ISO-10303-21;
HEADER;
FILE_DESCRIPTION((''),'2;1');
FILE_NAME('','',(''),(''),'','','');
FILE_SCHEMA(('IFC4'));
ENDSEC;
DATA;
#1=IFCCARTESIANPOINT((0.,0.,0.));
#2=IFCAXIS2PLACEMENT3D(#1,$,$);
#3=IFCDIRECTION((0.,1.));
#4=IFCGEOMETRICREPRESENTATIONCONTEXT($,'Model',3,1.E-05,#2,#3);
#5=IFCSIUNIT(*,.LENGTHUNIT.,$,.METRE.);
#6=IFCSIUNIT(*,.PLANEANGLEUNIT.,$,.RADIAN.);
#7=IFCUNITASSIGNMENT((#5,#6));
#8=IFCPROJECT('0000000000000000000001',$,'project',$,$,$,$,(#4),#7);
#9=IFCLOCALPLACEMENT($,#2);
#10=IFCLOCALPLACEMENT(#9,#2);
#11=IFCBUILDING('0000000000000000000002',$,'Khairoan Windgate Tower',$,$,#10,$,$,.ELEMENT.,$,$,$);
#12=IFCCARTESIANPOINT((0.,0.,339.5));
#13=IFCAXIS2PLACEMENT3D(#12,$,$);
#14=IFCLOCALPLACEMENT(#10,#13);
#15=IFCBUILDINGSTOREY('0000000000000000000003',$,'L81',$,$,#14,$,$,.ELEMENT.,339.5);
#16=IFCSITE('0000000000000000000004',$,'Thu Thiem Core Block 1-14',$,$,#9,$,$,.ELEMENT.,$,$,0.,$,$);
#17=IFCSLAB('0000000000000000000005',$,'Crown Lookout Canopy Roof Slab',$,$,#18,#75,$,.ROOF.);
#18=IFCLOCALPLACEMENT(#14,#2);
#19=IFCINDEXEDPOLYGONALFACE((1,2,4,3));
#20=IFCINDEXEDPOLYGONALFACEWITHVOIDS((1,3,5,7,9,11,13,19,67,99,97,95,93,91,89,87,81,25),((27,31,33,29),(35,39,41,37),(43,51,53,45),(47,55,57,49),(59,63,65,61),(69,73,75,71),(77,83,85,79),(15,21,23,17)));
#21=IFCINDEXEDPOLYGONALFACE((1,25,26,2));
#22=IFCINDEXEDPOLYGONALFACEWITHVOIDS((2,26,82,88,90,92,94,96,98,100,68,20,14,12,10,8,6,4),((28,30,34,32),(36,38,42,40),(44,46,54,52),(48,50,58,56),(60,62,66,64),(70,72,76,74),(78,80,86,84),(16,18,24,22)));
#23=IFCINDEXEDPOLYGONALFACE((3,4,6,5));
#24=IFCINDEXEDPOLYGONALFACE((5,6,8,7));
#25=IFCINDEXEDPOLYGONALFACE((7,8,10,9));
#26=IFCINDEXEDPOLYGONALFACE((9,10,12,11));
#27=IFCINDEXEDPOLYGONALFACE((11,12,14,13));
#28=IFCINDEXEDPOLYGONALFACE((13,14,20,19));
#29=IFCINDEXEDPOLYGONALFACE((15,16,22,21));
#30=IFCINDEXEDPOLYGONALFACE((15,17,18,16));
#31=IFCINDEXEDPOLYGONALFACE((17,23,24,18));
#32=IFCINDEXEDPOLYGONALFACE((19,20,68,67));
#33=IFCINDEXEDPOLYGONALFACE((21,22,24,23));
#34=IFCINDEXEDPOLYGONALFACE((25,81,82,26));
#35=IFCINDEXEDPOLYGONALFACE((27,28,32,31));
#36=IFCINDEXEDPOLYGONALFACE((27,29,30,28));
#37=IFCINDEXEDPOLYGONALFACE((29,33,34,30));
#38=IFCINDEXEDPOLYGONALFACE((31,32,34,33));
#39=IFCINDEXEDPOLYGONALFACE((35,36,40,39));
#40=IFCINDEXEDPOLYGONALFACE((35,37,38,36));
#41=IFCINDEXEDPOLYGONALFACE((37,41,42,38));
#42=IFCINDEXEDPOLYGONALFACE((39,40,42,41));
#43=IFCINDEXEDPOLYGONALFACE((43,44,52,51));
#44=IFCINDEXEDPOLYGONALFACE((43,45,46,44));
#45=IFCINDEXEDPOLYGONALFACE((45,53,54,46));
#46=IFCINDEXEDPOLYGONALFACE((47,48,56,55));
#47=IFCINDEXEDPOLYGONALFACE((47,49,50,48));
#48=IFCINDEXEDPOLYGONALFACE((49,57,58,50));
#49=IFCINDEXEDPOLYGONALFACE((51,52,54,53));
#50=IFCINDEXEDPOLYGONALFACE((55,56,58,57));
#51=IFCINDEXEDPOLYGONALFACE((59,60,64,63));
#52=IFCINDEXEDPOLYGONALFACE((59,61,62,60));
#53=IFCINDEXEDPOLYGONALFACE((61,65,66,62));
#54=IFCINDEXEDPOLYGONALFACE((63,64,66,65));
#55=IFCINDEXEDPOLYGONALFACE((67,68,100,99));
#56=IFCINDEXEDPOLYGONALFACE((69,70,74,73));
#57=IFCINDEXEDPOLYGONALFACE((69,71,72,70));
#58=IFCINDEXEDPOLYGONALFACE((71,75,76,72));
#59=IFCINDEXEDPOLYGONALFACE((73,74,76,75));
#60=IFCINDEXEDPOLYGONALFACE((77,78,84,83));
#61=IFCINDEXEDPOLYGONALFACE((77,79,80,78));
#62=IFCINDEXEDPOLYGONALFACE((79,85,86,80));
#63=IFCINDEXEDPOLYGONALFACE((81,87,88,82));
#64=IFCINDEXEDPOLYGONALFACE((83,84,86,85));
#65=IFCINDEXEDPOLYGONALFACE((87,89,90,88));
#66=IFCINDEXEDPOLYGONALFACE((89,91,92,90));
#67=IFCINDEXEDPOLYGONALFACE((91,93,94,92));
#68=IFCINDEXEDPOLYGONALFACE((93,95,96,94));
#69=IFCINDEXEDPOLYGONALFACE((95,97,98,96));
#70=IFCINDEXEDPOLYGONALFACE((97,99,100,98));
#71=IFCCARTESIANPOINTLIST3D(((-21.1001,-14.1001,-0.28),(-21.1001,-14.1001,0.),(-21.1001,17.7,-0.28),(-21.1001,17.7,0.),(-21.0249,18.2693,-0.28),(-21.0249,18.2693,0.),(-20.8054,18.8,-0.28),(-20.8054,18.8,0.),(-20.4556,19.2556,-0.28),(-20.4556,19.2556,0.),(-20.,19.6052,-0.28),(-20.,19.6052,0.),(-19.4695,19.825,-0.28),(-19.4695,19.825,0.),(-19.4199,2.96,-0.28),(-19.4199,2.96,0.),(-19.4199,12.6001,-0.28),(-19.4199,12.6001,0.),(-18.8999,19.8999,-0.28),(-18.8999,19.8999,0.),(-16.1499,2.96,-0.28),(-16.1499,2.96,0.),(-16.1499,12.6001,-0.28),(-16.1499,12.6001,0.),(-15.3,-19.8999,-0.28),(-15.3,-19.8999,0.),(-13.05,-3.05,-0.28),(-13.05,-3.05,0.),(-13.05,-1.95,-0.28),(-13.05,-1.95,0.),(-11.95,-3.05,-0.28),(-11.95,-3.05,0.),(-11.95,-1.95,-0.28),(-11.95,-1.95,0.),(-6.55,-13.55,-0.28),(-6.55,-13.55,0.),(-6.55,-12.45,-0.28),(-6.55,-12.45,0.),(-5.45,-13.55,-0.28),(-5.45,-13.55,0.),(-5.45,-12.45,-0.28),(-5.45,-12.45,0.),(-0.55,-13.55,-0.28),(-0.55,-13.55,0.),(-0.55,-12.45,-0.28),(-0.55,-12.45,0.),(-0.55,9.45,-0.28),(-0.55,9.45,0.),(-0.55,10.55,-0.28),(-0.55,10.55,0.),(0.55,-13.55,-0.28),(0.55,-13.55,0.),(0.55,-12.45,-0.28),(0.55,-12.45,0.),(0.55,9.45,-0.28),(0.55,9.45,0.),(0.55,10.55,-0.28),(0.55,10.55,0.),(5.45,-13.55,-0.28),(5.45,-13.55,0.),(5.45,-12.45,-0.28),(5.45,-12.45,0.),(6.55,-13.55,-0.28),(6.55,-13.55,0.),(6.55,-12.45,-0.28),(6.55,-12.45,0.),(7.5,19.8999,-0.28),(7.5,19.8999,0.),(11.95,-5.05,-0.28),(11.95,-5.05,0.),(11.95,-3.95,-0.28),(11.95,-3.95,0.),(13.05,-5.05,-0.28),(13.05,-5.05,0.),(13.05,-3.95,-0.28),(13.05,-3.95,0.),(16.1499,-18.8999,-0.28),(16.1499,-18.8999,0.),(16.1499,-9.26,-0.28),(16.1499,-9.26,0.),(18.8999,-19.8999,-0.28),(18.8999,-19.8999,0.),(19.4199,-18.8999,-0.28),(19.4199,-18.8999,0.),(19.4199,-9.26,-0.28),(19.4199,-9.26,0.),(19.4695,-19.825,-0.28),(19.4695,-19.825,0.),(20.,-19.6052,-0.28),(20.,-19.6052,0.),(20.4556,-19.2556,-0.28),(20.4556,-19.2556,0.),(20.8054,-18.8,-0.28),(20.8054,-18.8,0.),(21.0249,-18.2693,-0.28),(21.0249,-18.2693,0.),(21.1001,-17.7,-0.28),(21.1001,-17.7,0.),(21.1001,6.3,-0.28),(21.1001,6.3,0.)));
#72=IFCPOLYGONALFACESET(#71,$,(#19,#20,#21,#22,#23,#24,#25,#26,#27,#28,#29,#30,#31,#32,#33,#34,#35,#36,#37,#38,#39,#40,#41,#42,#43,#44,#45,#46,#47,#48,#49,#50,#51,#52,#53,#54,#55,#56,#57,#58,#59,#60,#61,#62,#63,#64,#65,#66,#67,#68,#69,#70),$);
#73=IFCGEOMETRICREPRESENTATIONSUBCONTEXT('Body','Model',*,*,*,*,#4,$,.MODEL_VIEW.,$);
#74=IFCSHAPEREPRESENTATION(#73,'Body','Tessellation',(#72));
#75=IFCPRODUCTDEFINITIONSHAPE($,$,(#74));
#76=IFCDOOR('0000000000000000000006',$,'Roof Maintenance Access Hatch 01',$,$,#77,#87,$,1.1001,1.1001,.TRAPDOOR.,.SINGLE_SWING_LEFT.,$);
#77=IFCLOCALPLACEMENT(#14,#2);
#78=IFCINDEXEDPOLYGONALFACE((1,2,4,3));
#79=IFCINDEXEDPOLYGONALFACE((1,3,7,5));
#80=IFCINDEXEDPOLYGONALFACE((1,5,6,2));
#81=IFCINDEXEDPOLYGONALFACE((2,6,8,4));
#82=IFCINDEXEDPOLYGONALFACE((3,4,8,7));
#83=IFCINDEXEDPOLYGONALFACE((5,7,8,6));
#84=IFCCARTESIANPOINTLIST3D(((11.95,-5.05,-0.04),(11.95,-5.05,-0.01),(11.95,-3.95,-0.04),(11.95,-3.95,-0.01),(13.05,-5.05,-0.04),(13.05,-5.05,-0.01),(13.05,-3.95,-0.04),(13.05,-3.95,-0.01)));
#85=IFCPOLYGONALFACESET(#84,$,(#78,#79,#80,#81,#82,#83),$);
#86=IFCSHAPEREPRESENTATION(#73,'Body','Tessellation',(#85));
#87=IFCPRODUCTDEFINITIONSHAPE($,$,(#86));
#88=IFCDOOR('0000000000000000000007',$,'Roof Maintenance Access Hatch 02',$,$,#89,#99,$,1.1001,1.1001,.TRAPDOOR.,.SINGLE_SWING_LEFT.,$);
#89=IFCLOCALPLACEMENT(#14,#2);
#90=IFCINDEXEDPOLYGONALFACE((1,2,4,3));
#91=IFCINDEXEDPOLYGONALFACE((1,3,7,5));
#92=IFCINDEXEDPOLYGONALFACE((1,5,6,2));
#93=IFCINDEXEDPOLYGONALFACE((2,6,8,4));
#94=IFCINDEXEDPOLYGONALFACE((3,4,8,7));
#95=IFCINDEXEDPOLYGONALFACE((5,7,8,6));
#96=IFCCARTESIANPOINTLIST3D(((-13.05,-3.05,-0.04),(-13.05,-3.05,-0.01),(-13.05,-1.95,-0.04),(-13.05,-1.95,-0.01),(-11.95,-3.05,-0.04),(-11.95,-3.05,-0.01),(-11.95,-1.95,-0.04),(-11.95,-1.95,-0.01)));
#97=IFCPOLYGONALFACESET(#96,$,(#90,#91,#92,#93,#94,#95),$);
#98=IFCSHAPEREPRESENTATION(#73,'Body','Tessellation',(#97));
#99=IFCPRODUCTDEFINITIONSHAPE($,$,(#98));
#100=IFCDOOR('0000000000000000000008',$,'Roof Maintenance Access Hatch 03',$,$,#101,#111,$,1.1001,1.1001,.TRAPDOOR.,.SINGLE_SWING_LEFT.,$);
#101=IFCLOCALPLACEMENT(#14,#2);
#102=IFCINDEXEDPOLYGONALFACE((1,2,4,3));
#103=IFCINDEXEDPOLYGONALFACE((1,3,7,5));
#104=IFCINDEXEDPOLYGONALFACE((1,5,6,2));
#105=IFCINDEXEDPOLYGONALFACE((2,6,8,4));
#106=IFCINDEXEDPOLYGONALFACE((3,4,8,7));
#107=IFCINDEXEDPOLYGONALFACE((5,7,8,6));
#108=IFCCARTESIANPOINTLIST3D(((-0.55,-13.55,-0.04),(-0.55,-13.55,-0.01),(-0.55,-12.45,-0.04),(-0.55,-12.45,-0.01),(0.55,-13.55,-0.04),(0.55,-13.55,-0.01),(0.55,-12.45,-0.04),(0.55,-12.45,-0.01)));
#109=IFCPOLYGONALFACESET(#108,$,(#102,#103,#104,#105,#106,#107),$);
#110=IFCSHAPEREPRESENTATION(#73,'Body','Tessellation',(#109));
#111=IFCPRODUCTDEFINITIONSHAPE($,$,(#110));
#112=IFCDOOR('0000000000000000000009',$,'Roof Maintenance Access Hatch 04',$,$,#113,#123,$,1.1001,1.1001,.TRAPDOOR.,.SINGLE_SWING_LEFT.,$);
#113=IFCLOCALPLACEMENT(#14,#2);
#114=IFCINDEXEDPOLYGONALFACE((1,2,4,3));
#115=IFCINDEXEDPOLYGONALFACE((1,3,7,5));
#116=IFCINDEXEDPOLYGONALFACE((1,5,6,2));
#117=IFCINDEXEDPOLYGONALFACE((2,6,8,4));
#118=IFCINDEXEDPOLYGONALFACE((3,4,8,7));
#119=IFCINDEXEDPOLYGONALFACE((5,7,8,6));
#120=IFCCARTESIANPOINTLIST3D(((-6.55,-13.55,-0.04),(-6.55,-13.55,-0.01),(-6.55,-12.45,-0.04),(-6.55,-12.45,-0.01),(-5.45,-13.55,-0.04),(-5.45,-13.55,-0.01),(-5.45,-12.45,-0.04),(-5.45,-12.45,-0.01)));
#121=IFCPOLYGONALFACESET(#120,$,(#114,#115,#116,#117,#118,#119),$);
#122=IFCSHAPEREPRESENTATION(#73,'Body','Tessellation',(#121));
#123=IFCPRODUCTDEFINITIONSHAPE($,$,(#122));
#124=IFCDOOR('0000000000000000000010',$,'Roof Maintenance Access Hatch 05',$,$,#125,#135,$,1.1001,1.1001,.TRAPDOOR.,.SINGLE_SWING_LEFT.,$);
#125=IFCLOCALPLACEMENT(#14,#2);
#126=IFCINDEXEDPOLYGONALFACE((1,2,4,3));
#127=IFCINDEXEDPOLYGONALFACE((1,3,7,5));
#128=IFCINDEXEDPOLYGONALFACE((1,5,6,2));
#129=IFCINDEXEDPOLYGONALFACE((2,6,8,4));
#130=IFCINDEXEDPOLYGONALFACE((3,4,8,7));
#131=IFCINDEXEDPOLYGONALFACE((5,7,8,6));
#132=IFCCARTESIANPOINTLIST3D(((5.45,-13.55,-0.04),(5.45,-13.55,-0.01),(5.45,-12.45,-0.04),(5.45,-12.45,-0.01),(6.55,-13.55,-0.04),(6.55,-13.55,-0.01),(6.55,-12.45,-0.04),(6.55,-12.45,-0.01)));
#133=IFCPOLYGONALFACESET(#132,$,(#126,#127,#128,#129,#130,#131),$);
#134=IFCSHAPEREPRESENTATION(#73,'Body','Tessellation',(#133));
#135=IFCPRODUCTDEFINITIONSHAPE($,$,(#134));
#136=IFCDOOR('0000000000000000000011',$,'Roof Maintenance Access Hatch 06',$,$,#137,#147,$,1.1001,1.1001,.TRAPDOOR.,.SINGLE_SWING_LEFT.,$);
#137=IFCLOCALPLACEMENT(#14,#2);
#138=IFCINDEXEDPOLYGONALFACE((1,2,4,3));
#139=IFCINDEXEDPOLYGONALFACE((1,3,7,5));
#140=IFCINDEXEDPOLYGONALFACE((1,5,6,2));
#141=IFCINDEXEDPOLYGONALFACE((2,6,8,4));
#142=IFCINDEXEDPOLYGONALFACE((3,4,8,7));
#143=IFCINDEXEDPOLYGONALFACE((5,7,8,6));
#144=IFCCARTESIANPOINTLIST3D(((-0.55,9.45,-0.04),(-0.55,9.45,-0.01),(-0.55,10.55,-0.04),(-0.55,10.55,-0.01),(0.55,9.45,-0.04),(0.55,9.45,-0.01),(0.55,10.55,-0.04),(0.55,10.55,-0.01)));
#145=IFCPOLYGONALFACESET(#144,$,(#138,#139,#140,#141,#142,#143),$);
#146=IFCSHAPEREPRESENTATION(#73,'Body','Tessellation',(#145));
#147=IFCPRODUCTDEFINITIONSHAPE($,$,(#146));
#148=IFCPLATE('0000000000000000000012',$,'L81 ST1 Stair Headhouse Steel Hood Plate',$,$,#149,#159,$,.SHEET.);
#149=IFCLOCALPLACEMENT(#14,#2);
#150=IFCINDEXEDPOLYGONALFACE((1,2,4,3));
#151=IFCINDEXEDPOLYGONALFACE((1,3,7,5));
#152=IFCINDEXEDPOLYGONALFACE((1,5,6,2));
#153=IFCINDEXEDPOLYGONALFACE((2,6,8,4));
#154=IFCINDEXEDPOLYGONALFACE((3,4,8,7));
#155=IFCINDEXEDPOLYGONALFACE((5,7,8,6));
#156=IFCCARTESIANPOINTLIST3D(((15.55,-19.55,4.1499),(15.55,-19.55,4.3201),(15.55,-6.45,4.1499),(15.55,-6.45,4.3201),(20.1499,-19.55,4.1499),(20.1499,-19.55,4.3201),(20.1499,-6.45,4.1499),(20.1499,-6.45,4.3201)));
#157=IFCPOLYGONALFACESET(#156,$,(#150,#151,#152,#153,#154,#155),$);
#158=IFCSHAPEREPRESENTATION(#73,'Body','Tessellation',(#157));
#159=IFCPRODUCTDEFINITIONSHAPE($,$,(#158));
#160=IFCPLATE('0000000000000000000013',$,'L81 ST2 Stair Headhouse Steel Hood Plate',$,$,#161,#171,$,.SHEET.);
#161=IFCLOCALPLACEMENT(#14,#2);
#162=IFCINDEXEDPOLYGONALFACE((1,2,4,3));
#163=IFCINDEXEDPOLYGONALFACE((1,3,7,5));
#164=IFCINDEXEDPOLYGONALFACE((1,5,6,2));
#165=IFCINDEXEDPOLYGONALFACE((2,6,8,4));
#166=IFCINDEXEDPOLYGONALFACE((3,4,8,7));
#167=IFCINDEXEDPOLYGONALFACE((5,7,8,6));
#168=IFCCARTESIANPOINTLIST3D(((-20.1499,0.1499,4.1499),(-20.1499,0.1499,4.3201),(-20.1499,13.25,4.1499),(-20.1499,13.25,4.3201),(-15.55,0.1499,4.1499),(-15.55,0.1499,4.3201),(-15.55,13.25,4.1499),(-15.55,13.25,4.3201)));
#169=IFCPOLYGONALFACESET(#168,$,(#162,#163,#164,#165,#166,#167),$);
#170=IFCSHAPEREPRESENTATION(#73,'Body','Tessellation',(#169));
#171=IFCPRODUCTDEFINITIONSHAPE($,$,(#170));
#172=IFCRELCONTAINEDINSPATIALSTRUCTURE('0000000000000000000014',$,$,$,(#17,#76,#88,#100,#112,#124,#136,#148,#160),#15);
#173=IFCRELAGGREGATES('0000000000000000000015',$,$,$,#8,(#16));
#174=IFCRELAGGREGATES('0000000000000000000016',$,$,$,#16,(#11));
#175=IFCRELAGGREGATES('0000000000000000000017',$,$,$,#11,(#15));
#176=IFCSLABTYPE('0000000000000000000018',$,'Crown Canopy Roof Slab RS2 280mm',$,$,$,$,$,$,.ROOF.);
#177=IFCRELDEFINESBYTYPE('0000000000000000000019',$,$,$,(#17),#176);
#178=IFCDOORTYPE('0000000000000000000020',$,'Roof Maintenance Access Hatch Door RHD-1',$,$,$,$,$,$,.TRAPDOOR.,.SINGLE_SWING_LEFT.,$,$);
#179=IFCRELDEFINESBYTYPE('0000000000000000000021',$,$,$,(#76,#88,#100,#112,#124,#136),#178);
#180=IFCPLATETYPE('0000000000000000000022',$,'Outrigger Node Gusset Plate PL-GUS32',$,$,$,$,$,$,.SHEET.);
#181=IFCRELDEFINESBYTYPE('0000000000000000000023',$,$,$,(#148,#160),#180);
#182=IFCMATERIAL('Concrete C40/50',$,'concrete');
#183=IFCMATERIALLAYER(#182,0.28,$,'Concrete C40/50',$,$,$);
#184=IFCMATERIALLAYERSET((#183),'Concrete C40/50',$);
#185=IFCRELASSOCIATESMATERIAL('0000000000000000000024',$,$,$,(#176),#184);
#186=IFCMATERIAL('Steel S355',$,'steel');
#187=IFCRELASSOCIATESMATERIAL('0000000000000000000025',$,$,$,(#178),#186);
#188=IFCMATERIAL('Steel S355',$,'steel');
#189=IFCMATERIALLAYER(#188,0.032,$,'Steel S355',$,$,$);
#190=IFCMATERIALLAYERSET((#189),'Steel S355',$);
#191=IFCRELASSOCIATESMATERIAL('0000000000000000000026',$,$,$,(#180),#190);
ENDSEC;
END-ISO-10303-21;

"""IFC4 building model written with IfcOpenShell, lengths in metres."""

from ifc_helpers import new_model, si_unit, direction, frame, origin, origin_2d, place, context, subcontext, project, spatial, polyline, rectangle, outline, extrude, material, layer, layer_set, type_object, element, fill, save


model = new_model("IFC4")

# Units and contexts
model_context = context("Model", 3, precision=1e-05, world=origin(), true_north=direction((0.0, 1.0)))
body_context = subcontext(model_context, "Body", "Model", "MODEL_VIEW")
ifc_project = project(units=[si_unit("LENGTHUNIT", "METRE"), si_unit("PLANEANGLEUNIT", "RADIAN")], contexts=[model_context])

# Site, building, storey
site_placement = place(None, origin())
site = spatial("IfcSite", under=ifc_project, at=site_placement, Name="Thu Thiem Core Block 1-14", CompositionType="ELEMENT", RefElevation=0.0)
building_placement = place(site_placement, origin())
building = spatial("IfcBuilding", under=site, at=building_placement, Name="Khairoan Windgate Tower", CompositionType="ELEMENT")
storey_placement = place(building_placement, frame((0.0, 0.0, 339.5)))
storey = spatial("IfcBuildingStorey", under=building, at=storey_placement, Name="L81", CompositionType="ELEMENT", Elevation=339.5)

# Slab, openings, doors
ifc_material_1 = material(Name="Concrete C40/50", Category="concrete")
ifc_layer_1 = layer(ifc_material_1, 0.28, Name="Concrete C40/50")
ifc_layer_set_1 = layer_set([ifc_layer_1], Name="Concrete C40/50")
slab_type = type_object("IfcSlabType", Name="Crown Canopy Roof Slab RS2 280mm", PredefinedType="ROOF", material=ifc_layer_set_1)
slab_placement = place(storey_placement, frame((0.0, 0.0, -0.28)))
slab = element("IfcSlab", 1, at=slab_placement, inside=storey, type_object=slab_type, Name="Crown Lookout Canopy Roof Slab", PredefinedType="ROOF", context=body_context, shape_type="SweptSolid", body=[
    extrude(outline(polyline([(18.8999, -19.8999), (19.4695, -19.825), (20.0, -19.6052), (20.4556, -19.2556), (20.8054, -18.8), (21.0249, -18.2693), (21.1001, -17.7), (21.1001, 6.3), (7.5, 19.8999), (-18.8999, 19.8999), (-19.4695, 19.825), (-20.0, 19.6052), (-20.4556, 19.2556), (-20.8054, 18.8), (-21.0249, 18.2693), (-21.1001, 17.7), (-21.1001, -14.1001), (-15.3, -19.8999), (18.8999, -19.8999)]), holes=[polyline([(16.1499, -9.26), (16.1499, -18.8999), (19.4199, -18.8999), (19.4199, -9.26), (16.1499, -9.26)]), polyline([(-16.1499, 2.96), (-16.1499, 12.6001), (-19.4199, 12.6001), (-19.4199, 2.96), (-16.1499, 2.96)])]), origin(), (0.0, 0.0, 1.0), 0.28),
])
opening_1_placement = place(slab_placement, frame((12.5, -4.5, -0.01)))
opening_1 = element("IfcOpeningElement", 2, at=opening_1_placement, cuts=slab, PredefinedType="OPENING", context=body_context, shape_type="SweptSolid", body=[
    extrude(rectangle(XDim=1.1001, YDim=1.1001, at=origin_2d()), origin(), (0.0, 0.0, 1.0), 0.3),
])
opening_2_placement = place(slab_placement, frame((-12.5, -2.5, -0.01)))
opening_2 = element("IfcOpeningElement", 3, at=opening_2_placement, cuts=slab, PredefinedType="OPENING", context=body_context, shape_type="SweptSolid", body=[
    extrude(rectangle(XDim=1.1001, YDim=1.1001, at=origin_2d()), origin(), (0.0, 0.0, 1.0), 0.3),
])
opening_3_placement = place(slab_placement, frame((0.0, -13.0, -0.01)))
opening_3 = element("IfcOpeningElement", 4, at=opening_3_placement, cuts=slab, PredefinedType="OPENING", context=body_context, shape_type="SweptSolid", body=[
    extrude(rectangle(XDim=1.1001, YDim=1.1001, at=origin_2d()), origin(), (0.0, 0.0, 1.0), 0.3),
])
opening_4_placement = place(slab_placement, frame((-6.0, -13.0, -0.01)))
opening_4 = element("IfcOpeningElement", 5, at=opening_4_placement, cuts=slab, PredefinedType="OPENING", context=body_context, shape_type="SweptSolid", body=[
    extrude(rectangle(XDim=1.1001, YDim=1.1001, at=origin_2d()), origin(), (0.0, 0.0, 1.0), 0.3),
])
opening_5_placement = place(slab_placement, frame((6.0, -13.0, -0.01)))
opening_5 = element("IfcOpeningElement", 6, at=opening_5_placement, cuts=slab, PredefinedType="OPENING", context=body_context, shape_type="SweptSolid", body=[
    extrude(rectangle(XDim=1.1001, YDim=1.1001, at=origin_2d()), origin(), (0.0, 0.0, 1.0), 0.3),
])
opening_6_placement = place(slab_placement, frame((0.0, 10.0, -0.01)))
opening_6 = element("IfcOpeningElement", 7, at=opening_6_placement, cuts=slab, PredefinedType="OPENING", context=body_context, shape_type="SweptSolid", body=[
    extrude(rectangle(XDim=1.1001, YDim=1.1001, at=origin_2d()), origin(), (0.0, 0.0, 1.0), 0.3),
])
ifc_material_2 = material(Name="Steel S355", Category="steel")
door_type = type_object("IfcDoorType", Name="Roof Maintenance Access Hatch Door RHD-1", OperationType="SINGLE_SWING_LEFT", PredefinedType="TRAPDOOR", material=ifc_material_2)
door_1_placement = place(opening_1_placement, frame((0.0, 0.0, 0.25)))
door_1 = element("IfcDoor", 8, at=door_1_placement, inside=storey, type_object=door_type, Name="Roof Maintenance Access Hatch 01", OperationType="SINGLE_SWING_LEFT", OverallHeight=1.1001, OverallWidth=1.1001, PredefinedType="TRAPDOOR", context=body_context, shape_type="SweptSolid", body=[
    extrude(rectangle(XDim=1.1001, YDim=1.1001, at=origin_2d()), origin(), (0.0, 0.0, 1.0), 0.03),
])
fill(opening_1, door_1)
door_2_placement = place(opening_2_placement, frame((0.0, 0.0, 0.25)))
door_2 = element("IfcDoor", 9, at=door_2_placement, inside=storey, type_object=door_type, Name="Roof Maintenance Access Hatch 02", OperationType="SINGLE_SWING_LEFT", OverallHeight=1.1001, OverallWidth=1.1001, PredefinedType="TRAPDOOR", context=body_context, shape_type="SweptSolid", body=[
    extrude(rectangle(XDim=1.1001, YDim=1.1001, at=origin_2d()), origin(), (0.0, 0.0, 1.0), 0.03),
])
fill(opening_2, door_2)
door_3_placement = place(opening_3_placement, frame((0.0, 0.0, 0.25)))
door_3 = element("IfcDoor", 10, at=door_3_placement, inside=storey, type_object=door_type, Name="Roof Maintenance Access Hatch 03", OperationType="SINGLE_SWING_LEFT", OverallHeight=1.1001, OverallWidth=1.1001, PredefinedType="TRAPDOOR", context=body_context, shape_type="SweptSolid", body=[
    extrude(rectangle(XDim=1.1001, YDim=1.1001, at=origin_2d()), origin(), (0.0, 0.0, 1.0), 0.03),
])
fill(opening_3, door_3)
door_4_placement = place(opening_4_placement, frame((0.0, 0.0, 0.25)))
door_4 = element("IfcDoor", 11, at=door_4_placement, inside=storey, type_object=door_type, Name="Roof Maintenance Access Hatch 04", OperationType="SINGLE_SWING_LEFT", OverallHeight=1.1001, OverallWidth=1.1001, PredefinedType="TRAPDOOR", context=body_context, shape_type="SweptSolid", body=[
    extrude(rectangle(XDim=1.1001, YDim=1.1001, at=origin_2d()), origin(), (0.0, 0.0, 1.0), 0.03),
])
fill(opening_4, door_4)
door_5_placement = place(opening_5_placement, frame((0.0, 0.0, 0.25)))
door_5 = element("IfcDoor", 12, at=door_5_placement, inside=storey, type_object=door_type, Name="Roof Maintenance Access Hatch 05", OperationType="SINGLE_SWING_LEFT", OverallHeight=1.1001, OverallWidth=1.1001, PredefinedType="TRAPDOOR", context=body_context, shape_type="SweptSolid", body=[
    extrude(rectangle(XDim=1.1001, YDim=1.1001, at=origin_2d()), origin(), (0.0, 0.0, 1.0), 0.03),
])
fill(opening_5, door_5)
door_6_placement = place(opening_6_placement, frame((0.0, 0.0, 0.25)))
door_6 = element("IfcDoor", 13, at=door_6_placement, inside=storey, type_object=door_type, Name="Roof Maintenance Access Hatch 06", OperationType="SINGLE_SWING_LEFT", OverallHeight=1.1001, OverallWidth=1.1001, PredefinedType="TRAPDOOR", context=body_context, shape_type="SweptSolid", body=[
    extrude(rectangle(XDim=1.1001, YDim=1.1001, at=origin_2d()), origin(), (0.0, 0.0, 1.0), 0.03),
])
fill(opening_6, door_6)

# Plates
ifc_material_3 = material(Name="Steel S355", Category="steel")
ifc_layer_2 = layer(ifc_material_3, 0.032, Name="Steel S355")
ifc_layer_set_2 = layer_set([ifc_layer_2], Name="Steel S355")
plate_type = type_object("IfcPlateType", Name="Outrigger Node Gusset Plate PL-GUS32", PredefinedType="SHEET", material=ifc_layer_set_2)
plate_1_placement = place(storey_placement, frame((0.0, 0.0, 4.1499)))
element("IfcPlate", 14, at=plate_1_placement, inside=storey, type_object=plate_type, Name="L81 ST1 Stair Headhouse Steel Hood Plate", PredefinedType="SHEET", context=body_context, shape_type="SweptSolid", body=[
    extrude(outline(polyline([(15.55, -19.55), (20.1499, -19.55), (20.1499, -6.45), (15.55, -6.45), (15.55, -19.55)])), origin(), (0.0, 0.0, 1.0), 0.1702),
])
plate_2_placement = place(storey_placement, frame((0.0, 0.0, 4.1499)))
element("IfcPlate", 15, at=plate_2_placement, inside=storey, type_object=plate_type, Name="L81 ST2 Stair Headhouse Steel Hood Plate", PredefinedType="SHEET", context=body_context, shape_type="SweptSolid", body=[
    extrude(outline(polyline([(-20.1499, 0.1499), (-15.55, 0.1499), (-15.55, 13.25), (-20.1499, 13.25), (-20.1499, 0.1499)])), origin(), (0.0, 0.0, 1.0), 0.1702),
])

save(model, "model.ifc")
